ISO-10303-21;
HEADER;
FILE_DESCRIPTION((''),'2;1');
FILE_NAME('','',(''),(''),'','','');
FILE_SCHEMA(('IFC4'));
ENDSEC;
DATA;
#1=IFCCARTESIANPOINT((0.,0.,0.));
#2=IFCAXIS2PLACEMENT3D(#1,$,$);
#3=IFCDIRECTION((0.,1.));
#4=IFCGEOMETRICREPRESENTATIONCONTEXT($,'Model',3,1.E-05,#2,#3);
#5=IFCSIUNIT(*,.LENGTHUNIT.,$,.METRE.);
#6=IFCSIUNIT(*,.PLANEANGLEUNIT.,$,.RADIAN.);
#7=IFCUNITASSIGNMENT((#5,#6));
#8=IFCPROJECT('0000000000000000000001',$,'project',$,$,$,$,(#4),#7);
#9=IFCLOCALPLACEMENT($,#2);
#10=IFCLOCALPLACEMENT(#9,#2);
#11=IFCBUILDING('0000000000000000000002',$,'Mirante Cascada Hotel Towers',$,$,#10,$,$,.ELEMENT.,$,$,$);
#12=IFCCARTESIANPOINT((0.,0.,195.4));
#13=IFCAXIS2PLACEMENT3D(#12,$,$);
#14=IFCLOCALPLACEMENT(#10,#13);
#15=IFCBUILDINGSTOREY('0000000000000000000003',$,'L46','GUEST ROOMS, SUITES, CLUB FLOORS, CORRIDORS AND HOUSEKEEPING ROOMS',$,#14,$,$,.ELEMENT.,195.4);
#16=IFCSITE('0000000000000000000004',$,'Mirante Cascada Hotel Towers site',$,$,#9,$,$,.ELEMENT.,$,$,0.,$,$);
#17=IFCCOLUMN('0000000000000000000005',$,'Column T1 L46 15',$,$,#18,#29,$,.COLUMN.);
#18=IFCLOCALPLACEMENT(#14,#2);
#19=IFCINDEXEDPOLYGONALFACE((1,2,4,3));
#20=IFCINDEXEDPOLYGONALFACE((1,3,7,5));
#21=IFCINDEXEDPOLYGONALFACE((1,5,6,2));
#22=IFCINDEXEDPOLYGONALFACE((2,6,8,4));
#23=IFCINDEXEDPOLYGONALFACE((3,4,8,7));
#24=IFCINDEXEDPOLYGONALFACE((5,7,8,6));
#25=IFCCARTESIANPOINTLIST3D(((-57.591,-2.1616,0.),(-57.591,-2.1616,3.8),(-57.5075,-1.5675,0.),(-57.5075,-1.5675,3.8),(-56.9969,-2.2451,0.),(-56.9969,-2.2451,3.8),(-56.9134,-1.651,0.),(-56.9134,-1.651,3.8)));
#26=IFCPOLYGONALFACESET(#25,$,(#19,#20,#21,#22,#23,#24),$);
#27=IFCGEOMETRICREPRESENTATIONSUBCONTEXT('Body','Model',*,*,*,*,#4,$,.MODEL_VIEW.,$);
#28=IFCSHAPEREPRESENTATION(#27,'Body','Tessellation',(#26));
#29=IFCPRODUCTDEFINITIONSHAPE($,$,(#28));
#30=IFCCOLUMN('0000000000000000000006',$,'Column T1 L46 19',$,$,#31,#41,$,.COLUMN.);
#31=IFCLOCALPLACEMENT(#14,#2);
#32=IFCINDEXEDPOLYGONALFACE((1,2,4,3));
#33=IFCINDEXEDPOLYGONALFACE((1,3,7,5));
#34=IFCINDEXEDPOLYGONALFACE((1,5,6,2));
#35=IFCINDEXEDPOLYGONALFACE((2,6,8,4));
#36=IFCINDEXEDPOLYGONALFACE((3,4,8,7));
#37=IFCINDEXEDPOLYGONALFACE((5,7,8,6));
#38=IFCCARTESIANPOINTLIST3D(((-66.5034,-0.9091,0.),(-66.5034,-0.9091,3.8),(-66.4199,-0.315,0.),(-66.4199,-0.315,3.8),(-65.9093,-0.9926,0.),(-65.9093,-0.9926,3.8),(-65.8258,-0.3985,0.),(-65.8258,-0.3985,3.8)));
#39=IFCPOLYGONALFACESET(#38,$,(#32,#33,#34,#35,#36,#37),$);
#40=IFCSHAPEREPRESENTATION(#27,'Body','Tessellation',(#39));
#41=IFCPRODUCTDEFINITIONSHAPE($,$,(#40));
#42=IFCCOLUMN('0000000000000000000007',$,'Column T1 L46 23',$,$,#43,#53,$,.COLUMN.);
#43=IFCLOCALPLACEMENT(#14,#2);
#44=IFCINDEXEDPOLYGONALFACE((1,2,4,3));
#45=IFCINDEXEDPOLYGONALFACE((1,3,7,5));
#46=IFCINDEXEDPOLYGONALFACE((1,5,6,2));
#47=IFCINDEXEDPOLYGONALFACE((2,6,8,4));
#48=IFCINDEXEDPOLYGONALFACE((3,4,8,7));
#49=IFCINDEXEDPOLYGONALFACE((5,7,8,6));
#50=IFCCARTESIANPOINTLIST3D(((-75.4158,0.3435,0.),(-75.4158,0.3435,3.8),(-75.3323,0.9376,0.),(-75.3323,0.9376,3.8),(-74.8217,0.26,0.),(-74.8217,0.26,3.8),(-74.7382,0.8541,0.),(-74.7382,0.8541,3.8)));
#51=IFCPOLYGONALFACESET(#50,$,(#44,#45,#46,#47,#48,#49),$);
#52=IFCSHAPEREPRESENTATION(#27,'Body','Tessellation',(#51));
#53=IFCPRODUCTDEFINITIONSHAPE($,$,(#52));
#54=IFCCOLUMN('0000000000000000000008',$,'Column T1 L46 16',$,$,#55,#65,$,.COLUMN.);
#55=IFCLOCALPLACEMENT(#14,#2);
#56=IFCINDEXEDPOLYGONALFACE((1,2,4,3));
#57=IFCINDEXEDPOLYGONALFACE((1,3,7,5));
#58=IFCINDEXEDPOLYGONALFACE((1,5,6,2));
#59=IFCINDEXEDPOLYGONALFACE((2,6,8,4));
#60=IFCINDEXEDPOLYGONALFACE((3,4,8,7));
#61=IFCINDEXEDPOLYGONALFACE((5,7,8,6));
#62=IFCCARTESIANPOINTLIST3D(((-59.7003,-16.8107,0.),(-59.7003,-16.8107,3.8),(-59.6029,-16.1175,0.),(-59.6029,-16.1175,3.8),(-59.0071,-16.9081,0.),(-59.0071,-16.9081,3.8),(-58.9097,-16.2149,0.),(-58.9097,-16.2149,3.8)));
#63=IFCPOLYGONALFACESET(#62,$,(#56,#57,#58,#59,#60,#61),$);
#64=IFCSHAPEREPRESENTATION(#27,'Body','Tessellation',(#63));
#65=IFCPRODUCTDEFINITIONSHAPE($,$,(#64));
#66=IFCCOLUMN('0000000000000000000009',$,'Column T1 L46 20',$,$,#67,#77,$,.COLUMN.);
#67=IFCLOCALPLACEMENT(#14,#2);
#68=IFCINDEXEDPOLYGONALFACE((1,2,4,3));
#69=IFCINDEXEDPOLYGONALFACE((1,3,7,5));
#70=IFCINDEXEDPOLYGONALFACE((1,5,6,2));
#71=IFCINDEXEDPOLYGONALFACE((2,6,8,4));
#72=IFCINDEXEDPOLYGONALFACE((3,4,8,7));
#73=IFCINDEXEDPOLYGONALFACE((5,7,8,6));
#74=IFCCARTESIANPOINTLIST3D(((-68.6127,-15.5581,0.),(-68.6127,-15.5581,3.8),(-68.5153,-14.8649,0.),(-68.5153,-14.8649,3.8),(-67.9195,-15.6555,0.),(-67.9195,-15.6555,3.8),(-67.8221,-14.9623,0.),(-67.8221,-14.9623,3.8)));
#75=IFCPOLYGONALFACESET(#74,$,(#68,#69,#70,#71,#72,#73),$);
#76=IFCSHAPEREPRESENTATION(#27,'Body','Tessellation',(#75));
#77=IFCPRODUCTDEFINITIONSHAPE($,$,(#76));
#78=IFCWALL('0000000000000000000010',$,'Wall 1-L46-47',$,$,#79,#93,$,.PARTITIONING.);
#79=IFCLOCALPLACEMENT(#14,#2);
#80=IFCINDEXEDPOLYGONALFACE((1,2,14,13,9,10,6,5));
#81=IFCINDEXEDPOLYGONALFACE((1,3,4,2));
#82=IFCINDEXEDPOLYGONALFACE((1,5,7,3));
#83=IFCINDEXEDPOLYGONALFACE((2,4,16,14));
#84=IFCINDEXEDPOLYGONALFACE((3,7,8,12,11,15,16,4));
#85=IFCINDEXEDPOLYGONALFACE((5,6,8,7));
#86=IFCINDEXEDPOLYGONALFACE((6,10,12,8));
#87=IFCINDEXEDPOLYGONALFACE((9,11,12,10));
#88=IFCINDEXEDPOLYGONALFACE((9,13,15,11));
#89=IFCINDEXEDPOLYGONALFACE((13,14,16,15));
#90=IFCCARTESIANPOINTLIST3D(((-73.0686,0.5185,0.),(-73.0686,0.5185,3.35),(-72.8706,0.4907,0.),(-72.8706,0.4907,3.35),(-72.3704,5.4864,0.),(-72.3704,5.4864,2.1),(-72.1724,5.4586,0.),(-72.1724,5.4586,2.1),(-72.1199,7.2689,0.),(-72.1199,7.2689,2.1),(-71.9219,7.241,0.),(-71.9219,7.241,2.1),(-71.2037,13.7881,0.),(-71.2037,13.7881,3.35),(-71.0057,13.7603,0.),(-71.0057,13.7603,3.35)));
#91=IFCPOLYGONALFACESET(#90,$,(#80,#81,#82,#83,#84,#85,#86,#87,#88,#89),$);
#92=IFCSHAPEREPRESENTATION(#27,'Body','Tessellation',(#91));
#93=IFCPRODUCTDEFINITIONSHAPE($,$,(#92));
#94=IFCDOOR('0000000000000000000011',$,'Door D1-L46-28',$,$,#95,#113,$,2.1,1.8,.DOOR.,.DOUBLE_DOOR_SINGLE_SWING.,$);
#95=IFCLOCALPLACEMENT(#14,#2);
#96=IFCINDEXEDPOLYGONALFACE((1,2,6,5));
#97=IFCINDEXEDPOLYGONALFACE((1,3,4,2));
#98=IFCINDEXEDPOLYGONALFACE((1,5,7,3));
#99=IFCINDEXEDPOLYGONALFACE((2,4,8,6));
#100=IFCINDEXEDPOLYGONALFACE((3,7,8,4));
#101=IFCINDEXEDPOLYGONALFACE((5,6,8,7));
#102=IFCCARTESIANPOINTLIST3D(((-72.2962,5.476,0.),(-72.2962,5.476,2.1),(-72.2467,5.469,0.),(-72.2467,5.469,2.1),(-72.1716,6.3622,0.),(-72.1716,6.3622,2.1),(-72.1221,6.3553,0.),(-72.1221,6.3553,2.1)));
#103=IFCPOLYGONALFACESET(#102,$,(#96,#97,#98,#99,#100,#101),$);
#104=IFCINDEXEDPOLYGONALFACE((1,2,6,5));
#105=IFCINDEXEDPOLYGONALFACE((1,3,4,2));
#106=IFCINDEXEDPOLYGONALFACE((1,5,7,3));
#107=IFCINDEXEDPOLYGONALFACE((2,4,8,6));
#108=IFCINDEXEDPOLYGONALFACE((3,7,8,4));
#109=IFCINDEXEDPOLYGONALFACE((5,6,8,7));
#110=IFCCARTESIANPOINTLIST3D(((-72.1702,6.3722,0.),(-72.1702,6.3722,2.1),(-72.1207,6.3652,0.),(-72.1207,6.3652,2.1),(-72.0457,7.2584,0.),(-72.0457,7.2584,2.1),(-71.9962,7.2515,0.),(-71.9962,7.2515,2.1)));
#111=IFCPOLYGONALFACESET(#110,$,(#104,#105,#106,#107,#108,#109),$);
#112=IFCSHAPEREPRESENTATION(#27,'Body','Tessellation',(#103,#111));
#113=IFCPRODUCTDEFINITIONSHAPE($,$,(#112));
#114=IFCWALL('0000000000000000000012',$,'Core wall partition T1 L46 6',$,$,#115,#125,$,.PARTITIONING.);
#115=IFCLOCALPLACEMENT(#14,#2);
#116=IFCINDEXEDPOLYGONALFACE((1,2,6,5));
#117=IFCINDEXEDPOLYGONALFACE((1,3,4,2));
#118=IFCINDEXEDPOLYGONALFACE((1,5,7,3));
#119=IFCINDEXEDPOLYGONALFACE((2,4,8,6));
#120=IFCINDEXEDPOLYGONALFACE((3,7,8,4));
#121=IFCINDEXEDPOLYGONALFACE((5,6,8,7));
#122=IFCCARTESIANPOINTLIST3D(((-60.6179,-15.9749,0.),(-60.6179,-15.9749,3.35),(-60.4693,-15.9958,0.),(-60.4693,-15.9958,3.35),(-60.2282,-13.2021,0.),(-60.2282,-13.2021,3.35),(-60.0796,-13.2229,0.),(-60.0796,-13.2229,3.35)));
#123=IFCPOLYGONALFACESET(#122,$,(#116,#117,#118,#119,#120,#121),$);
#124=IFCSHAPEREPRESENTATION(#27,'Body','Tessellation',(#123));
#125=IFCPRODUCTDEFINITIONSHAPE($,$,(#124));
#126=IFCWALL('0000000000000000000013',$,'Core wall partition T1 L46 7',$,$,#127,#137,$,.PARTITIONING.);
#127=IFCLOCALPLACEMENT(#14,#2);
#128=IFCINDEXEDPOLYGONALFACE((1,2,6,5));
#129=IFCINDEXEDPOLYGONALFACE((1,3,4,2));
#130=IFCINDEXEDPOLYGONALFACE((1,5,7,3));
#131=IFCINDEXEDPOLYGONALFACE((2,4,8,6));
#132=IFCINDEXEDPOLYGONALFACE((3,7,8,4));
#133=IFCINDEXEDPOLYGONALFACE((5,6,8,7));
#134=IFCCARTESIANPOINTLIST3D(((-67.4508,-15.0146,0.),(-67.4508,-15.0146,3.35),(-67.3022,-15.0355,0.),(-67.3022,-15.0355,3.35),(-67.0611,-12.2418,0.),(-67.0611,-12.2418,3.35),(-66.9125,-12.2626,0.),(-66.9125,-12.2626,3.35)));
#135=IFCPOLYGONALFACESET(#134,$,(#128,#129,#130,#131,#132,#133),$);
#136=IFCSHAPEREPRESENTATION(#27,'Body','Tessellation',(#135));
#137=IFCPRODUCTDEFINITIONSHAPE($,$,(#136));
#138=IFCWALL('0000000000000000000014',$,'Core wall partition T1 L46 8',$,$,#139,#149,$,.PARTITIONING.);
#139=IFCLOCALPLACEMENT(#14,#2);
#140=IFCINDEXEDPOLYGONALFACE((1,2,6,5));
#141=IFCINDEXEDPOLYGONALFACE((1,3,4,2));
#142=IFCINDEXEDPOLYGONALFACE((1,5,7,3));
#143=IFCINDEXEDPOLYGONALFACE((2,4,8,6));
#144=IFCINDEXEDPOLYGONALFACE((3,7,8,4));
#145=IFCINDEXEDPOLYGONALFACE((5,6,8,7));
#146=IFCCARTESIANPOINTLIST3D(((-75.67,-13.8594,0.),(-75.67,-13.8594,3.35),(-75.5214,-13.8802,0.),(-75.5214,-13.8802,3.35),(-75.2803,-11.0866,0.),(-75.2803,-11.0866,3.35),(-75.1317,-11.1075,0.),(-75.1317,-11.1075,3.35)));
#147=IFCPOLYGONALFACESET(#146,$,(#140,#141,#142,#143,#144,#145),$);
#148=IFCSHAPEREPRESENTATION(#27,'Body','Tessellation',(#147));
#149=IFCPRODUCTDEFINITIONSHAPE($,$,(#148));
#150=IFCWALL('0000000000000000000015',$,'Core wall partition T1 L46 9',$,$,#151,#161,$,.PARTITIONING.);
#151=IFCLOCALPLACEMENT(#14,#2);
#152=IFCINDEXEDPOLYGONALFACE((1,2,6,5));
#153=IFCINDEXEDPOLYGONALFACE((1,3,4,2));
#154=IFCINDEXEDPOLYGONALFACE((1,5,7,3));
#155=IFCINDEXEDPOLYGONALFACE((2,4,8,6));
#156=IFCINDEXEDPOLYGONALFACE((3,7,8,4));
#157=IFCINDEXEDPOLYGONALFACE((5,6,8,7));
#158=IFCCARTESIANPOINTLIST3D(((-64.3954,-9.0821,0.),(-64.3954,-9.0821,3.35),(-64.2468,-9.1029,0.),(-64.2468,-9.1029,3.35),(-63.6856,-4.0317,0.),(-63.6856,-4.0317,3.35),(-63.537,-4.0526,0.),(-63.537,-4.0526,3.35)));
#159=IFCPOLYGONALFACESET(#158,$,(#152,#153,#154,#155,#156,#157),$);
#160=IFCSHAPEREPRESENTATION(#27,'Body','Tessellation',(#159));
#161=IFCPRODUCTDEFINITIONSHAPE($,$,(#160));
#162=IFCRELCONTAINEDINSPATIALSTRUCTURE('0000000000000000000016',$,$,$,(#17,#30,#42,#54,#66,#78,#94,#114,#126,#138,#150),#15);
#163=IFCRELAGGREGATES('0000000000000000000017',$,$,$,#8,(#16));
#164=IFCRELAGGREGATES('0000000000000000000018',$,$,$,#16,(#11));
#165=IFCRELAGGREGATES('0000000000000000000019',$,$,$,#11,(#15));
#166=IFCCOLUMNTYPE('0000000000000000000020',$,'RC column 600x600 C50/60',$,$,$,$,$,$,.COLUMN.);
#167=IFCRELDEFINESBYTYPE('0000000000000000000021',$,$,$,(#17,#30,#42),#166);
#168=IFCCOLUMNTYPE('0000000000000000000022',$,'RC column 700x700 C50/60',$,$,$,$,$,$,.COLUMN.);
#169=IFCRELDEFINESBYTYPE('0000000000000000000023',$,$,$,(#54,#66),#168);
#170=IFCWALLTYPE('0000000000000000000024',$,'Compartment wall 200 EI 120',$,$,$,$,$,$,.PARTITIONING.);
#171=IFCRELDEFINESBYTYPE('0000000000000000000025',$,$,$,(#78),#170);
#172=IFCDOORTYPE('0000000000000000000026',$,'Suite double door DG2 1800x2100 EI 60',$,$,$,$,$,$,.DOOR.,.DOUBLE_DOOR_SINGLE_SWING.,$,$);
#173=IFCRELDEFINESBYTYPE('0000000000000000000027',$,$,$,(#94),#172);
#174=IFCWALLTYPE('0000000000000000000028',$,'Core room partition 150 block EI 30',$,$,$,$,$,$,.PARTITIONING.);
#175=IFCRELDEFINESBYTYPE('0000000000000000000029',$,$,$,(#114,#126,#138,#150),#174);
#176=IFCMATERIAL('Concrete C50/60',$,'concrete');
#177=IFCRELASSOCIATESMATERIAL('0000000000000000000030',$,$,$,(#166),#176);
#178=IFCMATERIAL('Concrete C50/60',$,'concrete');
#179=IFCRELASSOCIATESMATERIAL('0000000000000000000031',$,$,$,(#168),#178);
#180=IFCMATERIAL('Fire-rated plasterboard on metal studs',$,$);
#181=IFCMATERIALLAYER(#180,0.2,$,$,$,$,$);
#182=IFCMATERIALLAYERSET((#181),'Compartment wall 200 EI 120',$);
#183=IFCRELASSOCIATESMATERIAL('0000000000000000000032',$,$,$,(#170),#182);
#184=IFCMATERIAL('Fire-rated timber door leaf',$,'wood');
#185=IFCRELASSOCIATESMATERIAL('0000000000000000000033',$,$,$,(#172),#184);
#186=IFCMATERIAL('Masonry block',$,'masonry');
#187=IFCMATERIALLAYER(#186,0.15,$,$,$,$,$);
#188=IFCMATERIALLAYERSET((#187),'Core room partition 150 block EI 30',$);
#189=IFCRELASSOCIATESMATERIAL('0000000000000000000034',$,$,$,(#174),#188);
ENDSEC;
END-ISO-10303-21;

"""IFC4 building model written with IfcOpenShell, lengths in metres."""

from ifc_helpers import new_model, si_unit, direction, frame, frame_2d, origin, origin_2d, place, context, subcontext, project, spatial, rectangle, extrude, material, layer, layer_set, material_profile, profile_set, type_object, element, fill, save


model = new_model("IFC4")

# Units and contexts
model_context = context("Model", 3, precision=1e-05, world=origin(), true_north=direction((0.0, 1.0)))
body_context = subcontext(model_context, "Body", "Model", "MODEL_VIEW")
ifc_project = project(units=[si_unit("LENGTHUNIT", "METRE"), si_unit("PLANEANGLEUNIT", "RADIAN")], contexts=[model_context])

# Site, building, storey
site_placement = place(None, origin())
site = spatial("IfcSite", under=ifc_project, at=site_placement, Name="Mirante Cascada Hotel Towers site", CompositionType="ELEMENT", RefElevation=0.0)
building_placement = place(site_placement, origin())
building = spatial("IfcBuilding", under=site, at=building_placement, Name="Mirante Cascada Hotel Towers", CompositionType="ELEMENT")
storey_placement = place(building_placement, frame((0.0, 0.0, 195.4)))
storey = spatial("IfcBuildingStorey", under=building, at=storey_placement, Name="L46", Description="GUEST ROOMS, SUITES, CLUB FLOORS, CORRIDORS AND HOUSEKEEPING ROOMS", CompositionType="ELEMENT", Elevation=195.4)

# Columns
ifc_material_1 = material(Name="Concrete C50/60", Category="concrete")
ifc_material_profile_1 = material_profile(ifc_material_1, rectangle(XDim=0.6, YDim=0.6, at=origin_2d()), Name="RC column 600x600 C50/60")
ifc_profile_set_1 = profile_set([ifc_material_profile_1], Name="Concrete C50/60")
column_type_1 = type_object("IfcColumnType", Name="RC column 600x600 C50/60", PredefinedType="COLUMN", material=ifc_profile_set_1)
for number, where, z_axis, x_axis, name in (
    (1, (-57.2522, -1.9063, 0.0), (0.0, 0.0, 1.0), (-0.990268, 0.139173, 0.0), "Column T1 L46 15"),
    (2, (-66.1646, -0.6538, 0.0), (0.0, 0.0, 1.0), (-0.990268, 0.139173, 0.0), "Column T1 L46 19"),
    (3, (-75.077, 0.5988, 0.0), (0.0, 0.0, 1.0), (-0.990268, 0.139173, 0.0), "Column T1 L46 23"),
):
    element("IfcColumn", number, at=place(storey_placement, frame(where, z_axis=z_axis, x_axis=x_axis)), inside=storey, type_object=column_type_1, Name=name, PredefinedType="COLUMN", context=body_context, shape_type="SweptSolid", body=[
        extrude(rectangle(XDim=0.6, YDim=0.6, at=origin_2d()), origin(), (0.0, 0.0, 1.0), 3.8),
    ])
ifc_material_2 = material(Name="Concrete C50/60", Category="concrete")
ifc_material_profile_2 = material_profile(ifc_material_2, rectangle(XDim=0.7, YDim=0.7, at=origin_2d()), Name="RC column 700x700 C50/60")
ifc_profile_set_2 = profile_set([ifc_material_profile_2], Name="Concrete C50/60")
column_type_2 = type_object("IfcColumnType", Name="RC column 700x700 C50/60", PredefinedType="COLUMN", material=ifc_profile_set_2)
for number, where, z_axis, x_axis, name in (
    (4, (-59.305, -16.5128, 0.0), (0.0, 0.0, 1.0), (-0.990268, 0.139173, 0.0), "Column T1 L46 16"),
    (5, (-68.2174, -15.2602, 0.0), (0.0, 0.0, 1.0), (-0.990268, 0.139173, 0.0), "Column T1 L46 20"),
):
    element("IfcColumn", number, at=place(storey_placement, frame(where, z_axis=z_axis, x_axis=x_axis)), inside=storey, type_object=column_type_2, Name=name, PredefinedType="COLUMN", context=body_context, shape_type="SweptSolid", body=[
        extrude(rectangle(XDim=0.7, YDim=0.7, at=origin_2d()), origin(), (0.0, 0.0, 1.0), 3.8),
    ])

# Wall, opening, door
ifc_material_3 = material(Name="Fire-rated plasterboard on metal studs")
ifc_layer_1 = layer(ifc_material_3, 0.2)
ifc_layer_set_1 = layer_set([ifc_layer_1], Name="Compartment wall 200 EI 120")
wall_type_1 = type_object("IfcWallType", Name="Compartment wall 200 EI 120", PredefinedType="PARTITIONING", material=ifc_layer_set_1)
wall_1_placement = place(storey_placement, frame((-72.9696, 0.5046, 0.0), z_axis=(0.0, 0.0, 1.0), x_axis=(0.139172, 0.990268, 0.0)))
wall_1 = element("IfcWall", 6, at=wall_1_placement, inside=storey, type_object=wall_type_1, Name="Wall 1-L46-47", PredefinedType="PARTITIONING", context=body_context, shape_type="SweptSolid", body=[
    extrude(rectangle(XDim=13.4, YDim=0.2, at=frame_2d((6.7, 0.0))), origin(), (0.0, 0.0, 1.0), 3.35),
])
opening_1_placement = place(wall_1_placement, frame((5.0167, 0.0, 0.0)))
opening_1 = element("IfcOpeningElement", 7, at=opening_1_placement, cuts=wall_1, PredefinedType="OPENING", context=body_context, shape_type="SweptSolid", body=[
    extrude(rectangle(XDim=1.8, YDim=2.1, at=frame_2d((0.9, 1.05))), frame((0.0, 0.1, 0.0), z_axis=(0.0, -1.0, 0.0), x_axis=(1.0, 0.0, 0.0)), (0.0, 0.0, 1.0), 0.2),
])
ifc_material_4 = material(Name="Fire-rated timber door leaf", Category="wood")
door_type_1 = type_object("IfcDoorType", Name="Suite double door DG2 1800x2100 EI 60", OperationType="DOUBLE_DOOR_SINGLE_SWING", PredefinedType="DOOR", material=ifc_material_4)
door_1_placement = place(opening_1_placement, origin())
door_1 = element("IfcDoor", 8, at=door_1_placement, inside=storey, type_object=door_type_1, Name="Door D1-L46-28", OperationType="DOUBLE_DOOR_SINGLE_SWING", OverallHeight=2.1, OverallWidth=1.8, PredefinedType="DOOR", context=body_context, shape_type="SweptSolid", body=[
    extrude(rectangle(XDim=0.895, YDim=2.1, at=frame_2d((0.4475, 1.05))), frame((0.0, 0.025, 0.0), z_axis=(0.0, -1.0, 0.0), x_axis=(1.0, 0.0, 0.0)), (0.0, 0.0, 1.0), 0.05),
    extrude(rectangle(XDim=0.895, YDim=2.1, at=frame_2d((1.3525, 1.05))), frame((0.0, 0.025, 0.0), z_axis=(0.0, -1.0, 0.0), x_axis=(1.0, 0.0, 0.0)), (0.0, 0.0, 1.0), 0.05),
])
fill(opening_1, door_1)

# Walls
ifc_material_5 = material(Name="Masonry block", Category="masonry")
ifc_layer_2 = layer(ifc_material_5, 0.15)
ifc_layer_set_2 = layer_set([ifc_layer_2], Name="Core room partition 150 block EI 30")
wall_type_2 = type_object("IfcWallType", Name="Core room partition 150 block EI 30", PredefinedType="PARTITIONING", material=ifc_layer_set_2)
for number, where, z_axis, x_axis, name in (
    (9, (-60.5436, -15.9853, 0.0), (0.0, 0.0, 1.0), (0.139176, 0.990268, 0.0), "Core wall partition T1 L46 6"),
    (10, (-67.3765, -15.025, 0.0), (0.0, 0.0, 1.0), (0.139176, 0.990268, 0.0), "Core wall partition T1 L46 7"),
):
    element("IfcWall", number, at=place(storey_placement, frame(where, z_axis=z_axis, x_axis=x_axis)), inside=storey, type_object=wall_type_2, Name=name, PredefinedType="PARTITIONING", context=body_context, shape_type="SweptSolid", body=[
        extrude(rectangle(XDim=2.8001, YDim=0.15, at=frame_2d((1.4, 0.0))), origin(), (0.0, 0.0, 1.0), 3.35),
    ])
wall_2_placement = place(storey_placement, frame((-75.5957, -13.8698, 0.0), z_axis=(0.0, 0.0, 1.0), x_axis=(0.139181, 0.990267, 0.0)))
element("IfcWall", 11, at=wall_2_placement, inside=storey, type_object=wall_type_2, Name="Core wall partition T1 L46 8", PredefinedType="PARTITIONING", context=body_context, shape_type="SweptSolid", body=[
    extrude(rectangle(XDim=2.8, YDim=0.15, at=frame_2d((1.4, 0.0))), origin(), (0.0, 0.0, 1.0), 3.35),
])
wall_3_placement = place(storey_placement, frame((-64.3211, -9.0925, 0.0), z_axis=(0.0, 0.0, 1.0), x_axis=(0.139176, 0.990268, 0.0)))
element("IfcWall", 12, at=wall_3_placement, inside=storey, type_object=wall_type_2, Name="Core wall partition T1 L46 9", PredefinedType="PARTITIONING", context=body_context, shape_type="SweptSolid", body=[
    extrude(rectangle(XDim=5.1, YDim=0.15, at=frame_2d((2.55, 0.0))), origin(), (0.0, 0.0, 1.0), 3.35),
])

save(model, "model.ifc")
